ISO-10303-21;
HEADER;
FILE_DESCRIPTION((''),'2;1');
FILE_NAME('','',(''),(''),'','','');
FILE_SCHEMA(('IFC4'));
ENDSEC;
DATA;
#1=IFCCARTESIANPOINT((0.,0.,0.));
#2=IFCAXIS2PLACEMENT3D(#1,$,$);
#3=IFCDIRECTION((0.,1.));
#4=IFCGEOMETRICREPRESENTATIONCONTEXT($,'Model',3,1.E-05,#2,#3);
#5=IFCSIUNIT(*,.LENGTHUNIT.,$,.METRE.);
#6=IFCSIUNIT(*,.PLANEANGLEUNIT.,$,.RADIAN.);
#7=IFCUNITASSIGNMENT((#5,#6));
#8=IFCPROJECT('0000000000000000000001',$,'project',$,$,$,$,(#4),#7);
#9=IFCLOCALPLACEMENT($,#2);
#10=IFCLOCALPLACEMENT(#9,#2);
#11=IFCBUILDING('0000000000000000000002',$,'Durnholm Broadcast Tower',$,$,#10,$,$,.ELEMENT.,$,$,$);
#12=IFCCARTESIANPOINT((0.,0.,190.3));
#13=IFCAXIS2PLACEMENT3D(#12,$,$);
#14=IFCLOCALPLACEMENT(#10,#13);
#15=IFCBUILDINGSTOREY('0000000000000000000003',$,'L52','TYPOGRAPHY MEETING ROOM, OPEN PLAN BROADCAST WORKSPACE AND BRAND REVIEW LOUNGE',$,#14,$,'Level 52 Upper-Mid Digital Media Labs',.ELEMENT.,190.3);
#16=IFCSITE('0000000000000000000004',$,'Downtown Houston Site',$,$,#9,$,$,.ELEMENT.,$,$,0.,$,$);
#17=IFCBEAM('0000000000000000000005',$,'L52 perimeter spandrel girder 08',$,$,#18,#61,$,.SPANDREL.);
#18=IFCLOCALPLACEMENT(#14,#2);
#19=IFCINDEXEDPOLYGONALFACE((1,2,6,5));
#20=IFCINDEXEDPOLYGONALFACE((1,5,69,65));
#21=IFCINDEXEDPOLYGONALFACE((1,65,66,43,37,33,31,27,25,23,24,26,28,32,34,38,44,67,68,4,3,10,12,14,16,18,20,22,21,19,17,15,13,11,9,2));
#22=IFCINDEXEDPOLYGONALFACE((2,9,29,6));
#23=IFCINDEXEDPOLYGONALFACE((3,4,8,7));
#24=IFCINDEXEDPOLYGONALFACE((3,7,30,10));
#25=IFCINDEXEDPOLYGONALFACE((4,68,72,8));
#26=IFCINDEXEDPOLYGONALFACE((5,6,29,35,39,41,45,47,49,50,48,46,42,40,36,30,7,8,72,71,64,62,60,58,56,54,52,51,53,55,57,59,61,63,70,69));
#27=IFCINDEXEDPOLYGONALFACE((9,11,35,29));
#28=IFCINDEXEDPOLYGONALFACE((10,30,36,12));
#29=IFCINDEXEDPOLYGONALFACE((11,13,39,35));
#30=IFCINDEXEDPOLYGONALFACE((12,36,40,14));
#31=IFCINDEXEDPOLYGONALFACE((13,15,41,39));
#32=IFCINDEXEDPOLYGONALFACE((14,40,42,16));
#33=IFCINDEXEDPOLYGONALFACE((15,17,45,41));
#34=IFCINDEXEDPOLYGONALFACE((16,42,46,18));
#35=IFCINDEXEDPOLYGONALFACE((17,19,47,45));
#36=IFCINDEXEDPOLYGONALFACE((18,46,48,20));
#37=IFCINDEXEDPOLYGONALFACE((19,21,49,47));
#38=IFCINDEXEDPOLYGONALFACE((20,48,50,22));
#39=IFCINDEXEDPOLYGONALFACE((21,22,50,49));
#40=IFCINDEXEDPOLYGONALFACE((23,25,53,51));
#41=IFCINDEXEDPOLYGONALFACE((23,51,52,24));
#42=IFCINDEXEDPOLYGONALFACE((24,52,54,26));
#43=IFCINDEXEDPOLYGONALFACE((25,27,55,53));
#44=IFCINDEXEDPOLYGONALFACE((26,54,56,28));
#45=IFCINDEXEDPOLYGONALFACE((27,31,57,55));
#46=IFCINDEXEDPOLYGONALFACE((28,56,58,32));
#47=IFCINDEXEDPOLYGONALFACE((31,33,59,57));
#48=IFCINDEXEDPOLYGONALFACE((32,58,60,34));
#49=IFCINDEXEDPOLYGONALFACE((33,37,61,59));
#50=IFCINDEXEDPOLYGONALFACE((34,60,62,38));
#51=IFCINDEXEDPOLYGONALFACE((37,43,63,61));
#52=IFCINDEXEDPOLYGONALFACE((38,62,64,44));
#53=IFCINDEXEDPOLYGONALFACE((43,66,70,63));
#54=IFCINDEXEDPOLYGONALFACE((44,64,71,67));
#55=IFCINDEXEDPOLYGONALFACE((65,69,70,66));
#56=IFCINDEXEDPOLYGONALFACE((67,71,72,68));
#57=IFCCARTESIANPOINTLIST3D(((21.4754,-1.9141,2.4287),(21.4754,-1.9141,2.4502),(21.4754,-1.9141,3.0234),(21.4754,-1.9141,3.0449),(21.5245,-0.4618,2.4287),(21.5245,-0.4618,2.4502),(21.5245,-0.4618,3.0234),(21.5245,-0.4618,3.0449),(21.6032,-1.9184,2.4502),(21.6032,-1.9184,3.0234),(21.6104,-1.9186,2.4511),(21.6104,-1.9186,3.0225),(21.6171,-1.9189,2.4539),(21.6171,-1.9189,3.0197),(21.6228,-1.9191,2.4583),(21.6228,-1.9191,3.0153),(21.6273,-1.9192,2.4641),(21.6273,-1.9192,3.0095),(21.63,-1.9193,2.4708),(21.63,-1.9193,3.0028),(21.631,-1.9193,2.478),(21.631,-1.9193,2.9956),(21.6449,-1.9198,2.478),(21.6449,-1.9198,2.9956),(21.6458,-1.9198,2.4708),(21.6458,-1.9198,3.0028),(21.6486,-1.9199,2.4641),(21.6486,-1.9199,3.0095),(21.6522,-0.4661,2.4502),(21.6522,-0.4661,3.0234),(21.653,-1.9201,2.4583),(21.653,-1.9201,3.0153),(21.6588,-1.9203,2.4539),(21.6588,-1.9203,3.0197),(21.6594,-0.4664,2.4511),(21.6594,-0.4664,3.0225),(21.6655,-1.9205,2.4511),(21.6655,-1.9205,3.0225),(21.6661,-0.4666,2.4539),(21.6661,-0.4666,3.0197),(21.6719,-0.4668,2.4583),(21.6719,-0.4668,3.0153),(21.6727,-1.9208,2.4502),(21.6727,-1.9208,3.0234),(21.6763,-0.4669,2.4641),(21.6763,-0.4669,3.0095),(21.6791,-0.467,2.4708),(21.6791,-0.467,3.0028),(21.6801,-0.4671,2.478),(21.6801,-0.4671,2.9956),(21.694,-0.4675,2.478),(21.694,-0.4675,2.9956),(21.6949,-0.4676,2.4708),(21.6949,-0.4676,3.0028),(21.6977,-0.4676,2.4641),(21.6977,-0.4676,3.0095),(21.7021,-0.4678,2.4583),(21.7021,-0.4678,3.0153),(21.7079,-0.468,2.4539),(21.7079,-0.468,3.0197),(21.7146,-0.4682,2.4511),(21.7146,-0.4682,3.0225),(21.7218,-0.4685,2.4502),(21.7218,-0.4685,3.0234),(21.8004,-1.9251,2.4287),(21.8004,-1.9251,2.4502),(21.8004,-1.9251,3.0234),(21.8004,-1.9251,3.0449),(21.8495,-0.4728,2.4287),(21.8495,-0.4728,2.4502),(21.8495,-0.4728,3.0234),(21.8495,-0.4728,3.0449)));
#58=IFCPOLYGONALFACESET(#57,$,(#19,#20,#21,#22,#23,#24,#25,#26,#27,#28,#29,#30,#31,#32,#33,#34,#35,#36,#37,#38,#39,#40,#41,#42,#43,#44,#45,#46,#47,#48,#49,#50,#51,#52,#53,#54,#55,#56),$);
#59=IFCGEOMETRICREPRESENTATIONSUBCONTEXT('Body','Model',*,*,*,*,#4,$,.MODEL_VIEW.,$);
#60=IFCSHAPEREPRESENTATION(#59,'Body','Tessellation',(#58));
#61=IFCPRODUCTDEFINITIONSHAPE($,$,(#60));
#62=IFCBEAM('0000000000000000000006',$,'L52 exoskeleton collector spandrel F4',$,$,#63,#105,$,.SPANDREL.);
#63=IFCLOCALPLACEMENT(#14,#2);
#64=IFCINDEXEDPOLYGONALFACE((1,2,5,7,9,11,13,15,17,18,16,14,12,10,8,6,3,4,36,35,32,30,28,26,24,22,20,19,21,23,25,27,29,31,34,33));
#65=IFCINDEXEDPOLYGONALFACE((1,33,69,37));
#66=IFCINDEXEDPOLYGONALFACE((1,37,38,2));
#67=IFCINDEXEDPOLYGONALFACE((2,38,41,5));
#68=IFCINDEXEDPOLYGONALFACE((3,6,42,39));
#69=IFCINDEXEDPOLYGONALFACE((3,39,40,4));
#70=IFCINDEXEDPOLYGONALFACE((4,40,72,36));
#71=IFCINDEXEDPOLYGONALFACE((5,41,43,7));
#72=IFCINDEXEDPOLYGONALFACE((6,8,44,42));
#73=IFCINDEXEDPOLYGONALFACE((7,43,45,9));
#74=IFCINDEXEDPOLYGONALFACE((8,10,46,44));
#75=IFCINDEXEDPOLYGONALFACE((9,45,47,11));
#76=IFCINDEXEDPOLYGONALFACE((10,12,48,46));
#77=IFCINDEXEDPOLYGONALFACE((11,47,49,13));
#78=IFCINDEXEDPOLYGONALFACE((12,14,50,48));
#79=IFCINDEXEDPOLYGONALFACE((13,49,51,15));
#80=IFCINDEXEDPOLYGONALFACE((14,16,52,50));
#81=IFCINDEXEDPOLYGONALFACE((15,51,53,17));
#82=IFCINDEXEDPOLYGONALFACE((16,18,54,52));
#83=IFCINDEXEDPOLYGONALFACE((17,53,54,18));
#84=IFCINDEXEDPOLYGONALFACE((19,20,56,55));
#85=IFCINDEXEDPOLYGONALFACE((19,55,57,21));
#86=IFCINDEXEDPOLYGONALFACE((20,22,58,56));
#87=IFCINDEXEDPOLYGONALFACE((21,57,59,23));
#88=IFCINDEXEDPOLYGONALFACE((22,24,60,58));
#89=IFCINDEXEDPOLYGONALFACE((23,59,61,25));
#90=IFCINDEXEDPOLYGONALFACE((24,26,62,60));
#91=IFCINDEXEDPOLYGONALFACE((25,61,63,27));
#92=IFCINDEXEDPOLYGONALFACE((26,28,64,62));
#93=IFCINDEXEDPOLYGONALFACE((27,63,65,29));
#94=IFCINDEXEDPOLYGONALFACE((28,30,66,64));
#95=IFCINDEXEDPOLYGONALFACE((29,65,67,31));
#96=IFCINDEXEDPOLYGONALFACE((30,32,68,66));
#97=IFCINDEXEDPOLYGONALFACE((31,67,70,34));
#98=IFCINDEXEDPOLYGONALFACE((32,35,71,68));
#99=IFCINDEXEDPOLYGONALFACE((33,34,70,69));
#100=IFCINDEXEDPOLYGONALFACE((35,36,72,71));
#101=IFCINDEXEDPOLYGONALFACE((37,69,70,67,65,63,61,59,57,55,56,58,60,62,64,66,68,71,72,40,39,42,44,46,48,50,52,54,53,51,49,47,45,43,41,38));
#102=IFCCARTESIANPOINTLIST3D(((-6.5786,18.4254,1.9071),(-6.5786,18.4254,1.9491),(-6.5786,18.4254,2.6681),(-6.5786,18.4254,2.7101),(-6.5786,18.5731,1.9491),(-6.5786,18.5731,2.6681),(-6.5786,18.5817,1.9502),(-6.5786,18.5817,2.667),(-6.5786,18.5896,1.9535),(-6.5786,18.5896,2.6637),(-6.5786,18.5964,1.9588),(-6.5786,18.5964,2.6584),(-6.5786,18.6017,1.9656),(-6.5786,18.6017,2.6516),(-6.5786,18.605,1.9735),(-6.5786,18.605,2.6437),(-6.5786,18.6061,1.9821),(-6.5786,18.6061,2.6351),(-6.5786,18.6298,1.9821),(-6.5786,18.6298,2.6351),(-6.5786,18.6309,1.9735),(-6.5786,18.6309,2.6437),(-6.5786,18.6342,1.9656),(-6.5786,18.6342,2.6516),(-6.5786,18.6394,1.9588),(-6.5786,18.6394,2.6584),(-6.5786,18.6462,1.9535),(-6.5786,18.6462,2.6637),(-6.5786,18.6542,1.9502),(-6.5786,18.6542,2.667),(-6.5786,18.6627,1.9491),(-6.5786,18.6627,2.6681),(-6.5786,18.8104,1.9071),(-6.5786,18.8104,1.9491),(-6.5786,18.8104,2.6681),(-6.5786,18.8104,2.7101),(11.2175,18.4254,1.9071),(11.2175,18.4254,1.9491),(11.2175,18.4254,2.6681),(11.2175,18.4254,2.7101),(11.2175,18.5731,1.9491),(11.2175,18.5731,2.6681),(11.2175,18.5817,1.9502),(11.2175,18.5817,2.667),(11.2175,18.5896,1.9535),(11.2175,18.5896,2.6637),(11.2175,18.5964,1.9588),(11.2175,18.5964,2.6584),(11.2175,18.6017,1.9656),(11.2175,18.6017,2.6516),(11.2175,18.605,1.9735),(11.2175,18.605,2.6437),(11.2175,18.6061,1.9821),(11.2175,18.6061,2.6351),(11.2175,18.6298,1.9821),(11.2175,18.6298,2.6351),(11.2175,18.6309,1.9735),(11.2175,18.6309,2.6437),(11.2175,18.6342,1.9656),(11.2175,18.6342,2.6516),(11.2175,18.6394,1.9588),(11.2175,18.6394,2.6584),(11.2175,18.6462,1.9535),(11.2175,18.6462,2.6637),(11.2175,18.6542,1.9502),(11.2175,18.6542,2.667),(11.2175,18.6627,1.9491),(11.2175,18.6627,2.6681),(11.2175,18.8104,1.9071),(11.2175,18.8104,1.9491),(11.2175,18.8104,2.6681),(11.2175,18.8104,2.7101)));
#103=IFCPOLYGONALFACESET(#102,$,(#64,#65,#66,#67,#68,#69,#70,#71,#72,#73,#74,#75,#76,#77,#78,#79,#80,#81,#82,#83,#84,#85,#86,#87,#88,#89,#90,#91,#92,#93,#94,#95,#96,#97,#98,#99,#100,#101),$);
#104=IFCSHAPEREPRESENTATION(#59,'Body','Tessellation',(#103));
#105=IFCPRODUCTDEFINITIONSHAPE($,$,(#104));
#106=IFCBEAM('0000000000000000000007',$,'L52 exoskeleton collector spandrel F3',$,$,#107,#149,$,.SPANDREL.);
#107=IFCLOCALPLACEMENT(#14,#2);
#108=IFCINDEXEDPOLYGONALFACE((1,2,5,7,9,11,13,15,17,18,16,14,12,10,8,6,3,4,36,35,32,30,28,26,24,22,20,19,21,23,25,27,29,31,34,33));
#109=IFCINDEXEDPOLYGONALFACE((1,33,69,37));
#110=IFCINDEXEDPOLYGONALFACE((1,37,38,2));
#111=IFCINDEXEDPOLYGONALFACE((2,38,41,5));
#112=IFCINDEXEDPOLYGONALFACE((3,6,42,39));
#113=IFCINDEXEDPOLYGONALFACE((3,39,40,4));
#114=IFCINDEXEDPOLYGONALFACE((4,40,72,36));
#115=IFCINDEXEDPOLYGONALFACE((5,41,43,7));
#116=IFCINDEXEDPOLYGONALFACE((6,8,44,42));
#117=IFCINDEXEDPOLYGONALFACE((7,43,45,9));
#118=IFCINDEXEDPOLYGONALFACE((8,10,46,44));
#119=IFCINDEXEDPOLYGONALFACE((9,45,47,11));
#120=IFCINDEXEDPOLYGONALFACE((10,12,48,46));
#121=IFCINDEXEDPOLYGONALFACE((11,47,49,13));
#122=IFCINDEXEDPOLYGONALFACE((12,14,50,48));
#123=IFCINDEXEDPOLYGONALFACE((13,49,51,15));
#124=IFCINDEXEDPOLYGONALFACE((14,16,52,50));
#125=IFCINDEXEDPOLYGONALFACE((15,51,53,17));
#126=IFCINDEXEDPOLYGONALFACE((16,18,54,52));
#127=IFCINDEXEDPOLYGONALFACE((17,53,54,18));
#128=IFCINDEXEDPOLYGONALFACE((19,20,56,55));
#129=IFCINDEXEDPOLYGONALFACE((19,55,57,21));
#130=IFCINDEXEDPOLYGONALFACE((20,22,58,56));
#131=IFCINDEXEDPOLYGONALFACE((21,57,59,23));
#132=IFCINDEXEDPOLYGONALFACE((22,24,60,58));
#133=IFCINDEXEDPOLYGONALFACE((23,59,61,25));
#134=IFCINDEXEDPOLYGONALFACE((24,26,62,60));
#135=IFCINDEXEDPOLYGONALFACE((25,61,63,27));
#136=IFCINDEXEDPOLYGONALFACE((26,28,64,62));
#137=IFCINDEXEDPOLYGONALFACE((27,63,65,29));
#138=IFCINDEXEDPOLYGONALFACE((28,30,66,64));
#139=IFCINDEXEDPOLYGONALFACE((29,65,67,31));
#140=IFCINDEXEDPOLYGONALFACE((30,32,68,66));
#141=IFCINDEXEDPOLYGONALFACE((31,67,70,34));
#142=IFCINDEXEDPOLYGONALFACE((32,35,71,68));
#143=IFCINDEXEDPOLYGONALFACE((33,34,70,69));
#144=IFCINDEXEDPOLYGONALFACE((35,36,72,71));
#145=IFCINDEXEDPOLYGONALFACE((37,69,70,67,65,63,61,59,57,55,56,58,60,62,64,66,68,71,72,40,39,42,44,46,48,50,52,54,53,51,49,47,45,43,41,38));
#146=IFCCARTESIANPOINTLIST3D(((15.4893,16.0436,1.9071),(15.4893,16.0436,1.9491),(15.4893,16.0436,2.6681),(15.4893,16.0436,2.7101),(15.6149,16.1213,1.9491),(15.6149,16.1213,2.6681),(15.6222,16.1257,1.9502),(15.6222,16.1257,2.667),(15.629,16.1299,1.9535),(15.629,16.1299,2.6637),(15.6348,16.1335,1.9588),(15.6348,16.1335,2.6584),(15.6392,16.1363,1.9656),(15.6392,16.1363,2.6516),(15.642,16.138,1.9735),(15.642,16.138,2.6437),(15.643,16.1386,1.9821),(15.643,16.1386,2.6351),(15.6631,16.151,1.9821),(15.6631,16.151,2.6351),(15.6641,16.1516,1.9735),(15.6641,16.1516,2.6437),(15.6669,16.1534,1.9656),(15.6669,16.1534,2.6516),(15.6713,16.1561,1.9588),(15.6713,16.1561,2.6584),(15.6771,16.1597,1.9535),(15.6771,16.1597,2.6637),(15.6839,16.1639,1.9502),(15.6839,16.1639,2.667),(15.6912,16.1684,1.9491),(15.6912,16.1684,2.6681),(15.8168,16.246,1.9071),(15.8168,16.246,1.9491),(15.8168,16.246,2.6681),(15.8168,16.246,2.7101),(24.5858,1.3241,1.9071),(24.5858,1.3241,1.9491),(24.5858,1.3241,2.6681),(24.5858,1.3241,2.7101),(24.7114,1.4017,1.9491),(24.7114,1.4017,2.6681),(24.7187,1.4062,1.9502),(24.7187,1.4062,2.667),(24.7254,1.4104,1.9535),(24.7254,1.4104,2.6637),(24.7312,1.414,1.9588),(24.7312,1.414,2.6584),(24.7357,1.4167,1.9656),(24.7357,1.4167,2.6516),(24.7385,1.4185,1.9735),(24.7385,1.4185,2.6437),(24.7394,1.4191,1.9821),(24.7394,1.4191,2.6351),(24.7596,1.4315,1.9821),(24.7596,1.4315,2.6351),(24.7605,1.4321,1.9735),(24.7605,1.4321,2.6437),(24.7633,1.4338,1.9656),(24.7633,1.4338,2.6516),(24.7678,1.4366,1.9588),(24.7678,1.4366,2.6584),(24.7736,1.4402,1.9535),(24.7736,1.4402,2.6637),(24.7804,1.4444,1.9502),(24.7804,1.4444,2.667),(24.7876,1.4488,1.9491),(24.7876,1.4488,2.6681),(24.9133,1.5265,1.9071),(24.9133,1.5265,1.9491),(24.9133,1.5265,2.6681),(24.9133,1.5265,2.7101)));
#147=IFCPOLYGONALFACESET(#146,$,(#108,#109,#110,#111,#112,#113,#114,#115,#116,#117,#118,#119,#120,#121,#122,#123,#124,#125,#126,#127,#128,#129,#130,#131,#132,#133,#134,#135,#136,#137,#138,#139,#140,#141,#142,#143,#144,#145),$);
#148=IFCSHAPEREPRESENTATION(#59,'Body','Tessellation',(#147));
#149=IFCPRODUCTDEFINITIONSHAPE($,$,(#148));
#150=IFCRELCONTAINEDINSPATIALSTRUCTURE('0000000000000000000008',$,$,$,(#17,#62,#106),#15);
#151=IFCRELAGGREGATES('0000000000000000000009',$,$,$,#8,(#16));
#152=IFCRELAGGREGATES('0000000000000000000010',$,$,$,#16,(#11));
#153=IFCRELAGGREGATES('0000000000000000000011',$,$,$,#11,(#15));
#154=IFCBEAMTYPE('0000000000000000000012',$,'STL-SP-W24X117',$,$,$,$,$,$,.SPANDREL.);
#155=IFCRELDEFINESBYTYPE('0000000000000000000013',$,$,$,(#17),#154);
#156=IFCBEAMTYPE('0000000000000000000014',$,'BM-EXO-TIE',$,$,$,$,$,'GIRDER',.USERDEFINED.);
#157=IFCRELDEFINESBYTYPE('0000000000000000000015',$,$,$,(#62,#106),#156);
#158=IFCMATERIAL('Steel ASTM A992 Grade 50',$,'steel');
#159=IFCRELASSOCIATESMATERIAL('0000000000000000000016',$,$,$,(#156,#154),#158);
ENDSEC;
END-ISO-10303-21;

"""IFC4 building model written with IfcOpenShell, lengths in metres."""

from ifc_helpers import new_model, si_unit, direction, frame, origin, origin_2d, place, context, subcontext, project, spatial, i_section, extrude, source, transform, mapped, material, material_profile, profile_set, type_object, element, save


model = new_model("IFC4")

# Units and contexts
model_context = context("Model", 3, precision=1e-05, world=origin(), true_north=direction((0.0, 1.0)))
body_context = subcontext(model_context, "Body", "Model", "MODEL_VIEW")
ifc_project = project(units=[si_unit("LENGTHUNIT", "METRE"), si_unit("PLANEANGLEUNIT", "RADIAN")], contexts=[model_context])

# Site, building, storey
site_placement = place(None, origin())
site = spatial("IfcSite", under=ifc_project, at=site_placement, Name="Downtown Houston Site", CompositionType="ELEMENT", RefElevation=0.0)
building_placement = place(site_placement, origin())
building = spatial("IfcBuilding", under=site, at=building_placement, Name="Durnholm Broadcast Tower", CompositionType="ELEMENT")
storey_placement = place(building_placement, frame((0.0, 0.0, 190.3)))
storey = spatial("IfcBuildingStorey", under=building, at=storey_placement, Name="L52", Description="TYPOGRAPHY MEETING ROOM, OPEN PLAN BROADCAST WORKSPACE AND BRAND REVIEW LOUNGE", LongName="Level 52 Upper-Mid Digital Media Labs", CompositionType="ELEMENT", Elevation=190.3)

# Beams
ifc_material_1 = material(Name="Steel ASTM A992 Grade 50", Category="steel")
ifc_material_profile_1 = material_profile(ifc_material_1, i_section(OverallWidth=0.385, OverallDepth=0.803, WebThickness=0.0237, FlangeThickness=0.042, FilletRadius=0.033, at=origin_2d()), Name="W30X261")
ifc_profile_set_1 = profile_set([ifc_material_profile_1], Name="Steel ASTM A992 Grade 50")
beam_type_1 = type_object("IfcBeamType", Name="BM-EXO-TIE", ElementType="GIRDER", PredefinedType="USERDEFINED", material=ifc_profile_set_1)
ifc_material_profile_2 = material_profile(ifc_material_1, i_section(OverallWidth=0.3252, OverallDepth=0.6162, WebThickness=0.0139, FlangeThickness=0.0215, FilletRadius=0.0278, at=origin_2d()), Name="W24X117")
ifc_profile_set_2 = profile_set([ifc_material_profile_2], Name="Steel ASTM A992 Grade 50")
beam_type_2 = type_object("IfcBeamType", Name="STL-SP-W24X117", PredefinedType="SPANDREL", material=ifc_profile_set_2)
shared_shape_1 = source(origin(), body_context, "Body", "SweptSolid", [
    extrude(i_section(OverallWidth=0.3252, OverallDepth=0.6162, WebThickness=0.0139, FlangeThickness=0.0215, FilletRadius=0.0278, at=origin_2d()), origin(), (0.0, 0.0, 1.0), 1.4531),
])
beam_1_placement = place(storey_placement, frame((21.687, -0.4673, 2.7368), z_axis=(-0.033768, -0.99943, 0.0), x_axis=(0.99943, -0.033768, 0.0)))
element("IfcBeam", 1, at=beam_1_placement, inside=storey, type_object=beam_type_2, Name="L52 perimeter spandrel girder 08", PredefinedType="SPANDREL", context=body_context, shape_type="MappedRepresentation", body=[
    mapped(shared_shape_1, transform((0.0, 0.0, 0.0), x_axis=(1.0, 0.0, 0.0), y_axis=(0.0, 1.0, 0.0), z_axis=(0.0, 0.0, 1.0), scale=1.0)),
])
shared_shape_2 = source(origin(), body_context, "Body", "SweptSolid", [
    extrude(i_section(OverallWidth=0.385, OverallDepth=0.803, WebThickness=0.0237, FlangeThickness=0.042, FilletRadius=0.033, at=origin_2d()), origin(), (0.0, 0.0, 1.0), 17.7961),
])
beam_2_placement = place(storey_placement, frame((11.2175, 18.6179, 2.3086), z_axis=(-1.0, 0.0, 0.0), x_axis=(0.0, -1.0, 0.0)))
element("IfcBeam", 2, at=beam_2_placement, inside=storey, type_object=beam_type_1, Name="L52 exoskeleton collector spandrel F4", PredefinedType="SPANDREL", context=body_context, shape_type="MappedRepresentation", body=[
    mapped(shared_shape_2, transform((0.0, 0.0, 0.0), x_axis=(1.0, 0.0, 0.0), y_axis=(0.0, 1.0, 0.0), z_axis=(0.0, 0.0, 1.0), scale=1.0)),
])
shared_shape_3 = source(origin(), body_context, "Body", "SweptSolid", [
    extrude(i_section(OverallWidth=0.385, OverallDepth=0.803, WebThickness=0.0237, FlangeThickness=0.042, FilletRadius=0.033, at=origin_2d()), origin(), (0.0, 0.0, 1.0), 17.3035),
])
beam_3_placement = place(storey_placement, frame((24.7495, 1.4253, 2.3086), z_axis=(-0.525702, 0.850669, 0.0), x_axis=(-0.850669, -0.525702, 0.0)))
element("IfcBeam", 3, at=beam_3_placement, inside=storey, type_object=beam_type_1, Name="L52 exoskeleton collector spandrel F3", PredefinedType="SPANDREL", context=body_context, shape_type="MappedRepresentation", body=[
    mapped(shared_shape_3, transform((0.0, 0.0, 0.0), x_axis=(1.0, 0.0, 0.0), y_axis=(0.0, 1.0, 0.0), z_axis=(0.0, 0.0, 1.0), scale=1.0)),
])

save(model, "model.ifc")
